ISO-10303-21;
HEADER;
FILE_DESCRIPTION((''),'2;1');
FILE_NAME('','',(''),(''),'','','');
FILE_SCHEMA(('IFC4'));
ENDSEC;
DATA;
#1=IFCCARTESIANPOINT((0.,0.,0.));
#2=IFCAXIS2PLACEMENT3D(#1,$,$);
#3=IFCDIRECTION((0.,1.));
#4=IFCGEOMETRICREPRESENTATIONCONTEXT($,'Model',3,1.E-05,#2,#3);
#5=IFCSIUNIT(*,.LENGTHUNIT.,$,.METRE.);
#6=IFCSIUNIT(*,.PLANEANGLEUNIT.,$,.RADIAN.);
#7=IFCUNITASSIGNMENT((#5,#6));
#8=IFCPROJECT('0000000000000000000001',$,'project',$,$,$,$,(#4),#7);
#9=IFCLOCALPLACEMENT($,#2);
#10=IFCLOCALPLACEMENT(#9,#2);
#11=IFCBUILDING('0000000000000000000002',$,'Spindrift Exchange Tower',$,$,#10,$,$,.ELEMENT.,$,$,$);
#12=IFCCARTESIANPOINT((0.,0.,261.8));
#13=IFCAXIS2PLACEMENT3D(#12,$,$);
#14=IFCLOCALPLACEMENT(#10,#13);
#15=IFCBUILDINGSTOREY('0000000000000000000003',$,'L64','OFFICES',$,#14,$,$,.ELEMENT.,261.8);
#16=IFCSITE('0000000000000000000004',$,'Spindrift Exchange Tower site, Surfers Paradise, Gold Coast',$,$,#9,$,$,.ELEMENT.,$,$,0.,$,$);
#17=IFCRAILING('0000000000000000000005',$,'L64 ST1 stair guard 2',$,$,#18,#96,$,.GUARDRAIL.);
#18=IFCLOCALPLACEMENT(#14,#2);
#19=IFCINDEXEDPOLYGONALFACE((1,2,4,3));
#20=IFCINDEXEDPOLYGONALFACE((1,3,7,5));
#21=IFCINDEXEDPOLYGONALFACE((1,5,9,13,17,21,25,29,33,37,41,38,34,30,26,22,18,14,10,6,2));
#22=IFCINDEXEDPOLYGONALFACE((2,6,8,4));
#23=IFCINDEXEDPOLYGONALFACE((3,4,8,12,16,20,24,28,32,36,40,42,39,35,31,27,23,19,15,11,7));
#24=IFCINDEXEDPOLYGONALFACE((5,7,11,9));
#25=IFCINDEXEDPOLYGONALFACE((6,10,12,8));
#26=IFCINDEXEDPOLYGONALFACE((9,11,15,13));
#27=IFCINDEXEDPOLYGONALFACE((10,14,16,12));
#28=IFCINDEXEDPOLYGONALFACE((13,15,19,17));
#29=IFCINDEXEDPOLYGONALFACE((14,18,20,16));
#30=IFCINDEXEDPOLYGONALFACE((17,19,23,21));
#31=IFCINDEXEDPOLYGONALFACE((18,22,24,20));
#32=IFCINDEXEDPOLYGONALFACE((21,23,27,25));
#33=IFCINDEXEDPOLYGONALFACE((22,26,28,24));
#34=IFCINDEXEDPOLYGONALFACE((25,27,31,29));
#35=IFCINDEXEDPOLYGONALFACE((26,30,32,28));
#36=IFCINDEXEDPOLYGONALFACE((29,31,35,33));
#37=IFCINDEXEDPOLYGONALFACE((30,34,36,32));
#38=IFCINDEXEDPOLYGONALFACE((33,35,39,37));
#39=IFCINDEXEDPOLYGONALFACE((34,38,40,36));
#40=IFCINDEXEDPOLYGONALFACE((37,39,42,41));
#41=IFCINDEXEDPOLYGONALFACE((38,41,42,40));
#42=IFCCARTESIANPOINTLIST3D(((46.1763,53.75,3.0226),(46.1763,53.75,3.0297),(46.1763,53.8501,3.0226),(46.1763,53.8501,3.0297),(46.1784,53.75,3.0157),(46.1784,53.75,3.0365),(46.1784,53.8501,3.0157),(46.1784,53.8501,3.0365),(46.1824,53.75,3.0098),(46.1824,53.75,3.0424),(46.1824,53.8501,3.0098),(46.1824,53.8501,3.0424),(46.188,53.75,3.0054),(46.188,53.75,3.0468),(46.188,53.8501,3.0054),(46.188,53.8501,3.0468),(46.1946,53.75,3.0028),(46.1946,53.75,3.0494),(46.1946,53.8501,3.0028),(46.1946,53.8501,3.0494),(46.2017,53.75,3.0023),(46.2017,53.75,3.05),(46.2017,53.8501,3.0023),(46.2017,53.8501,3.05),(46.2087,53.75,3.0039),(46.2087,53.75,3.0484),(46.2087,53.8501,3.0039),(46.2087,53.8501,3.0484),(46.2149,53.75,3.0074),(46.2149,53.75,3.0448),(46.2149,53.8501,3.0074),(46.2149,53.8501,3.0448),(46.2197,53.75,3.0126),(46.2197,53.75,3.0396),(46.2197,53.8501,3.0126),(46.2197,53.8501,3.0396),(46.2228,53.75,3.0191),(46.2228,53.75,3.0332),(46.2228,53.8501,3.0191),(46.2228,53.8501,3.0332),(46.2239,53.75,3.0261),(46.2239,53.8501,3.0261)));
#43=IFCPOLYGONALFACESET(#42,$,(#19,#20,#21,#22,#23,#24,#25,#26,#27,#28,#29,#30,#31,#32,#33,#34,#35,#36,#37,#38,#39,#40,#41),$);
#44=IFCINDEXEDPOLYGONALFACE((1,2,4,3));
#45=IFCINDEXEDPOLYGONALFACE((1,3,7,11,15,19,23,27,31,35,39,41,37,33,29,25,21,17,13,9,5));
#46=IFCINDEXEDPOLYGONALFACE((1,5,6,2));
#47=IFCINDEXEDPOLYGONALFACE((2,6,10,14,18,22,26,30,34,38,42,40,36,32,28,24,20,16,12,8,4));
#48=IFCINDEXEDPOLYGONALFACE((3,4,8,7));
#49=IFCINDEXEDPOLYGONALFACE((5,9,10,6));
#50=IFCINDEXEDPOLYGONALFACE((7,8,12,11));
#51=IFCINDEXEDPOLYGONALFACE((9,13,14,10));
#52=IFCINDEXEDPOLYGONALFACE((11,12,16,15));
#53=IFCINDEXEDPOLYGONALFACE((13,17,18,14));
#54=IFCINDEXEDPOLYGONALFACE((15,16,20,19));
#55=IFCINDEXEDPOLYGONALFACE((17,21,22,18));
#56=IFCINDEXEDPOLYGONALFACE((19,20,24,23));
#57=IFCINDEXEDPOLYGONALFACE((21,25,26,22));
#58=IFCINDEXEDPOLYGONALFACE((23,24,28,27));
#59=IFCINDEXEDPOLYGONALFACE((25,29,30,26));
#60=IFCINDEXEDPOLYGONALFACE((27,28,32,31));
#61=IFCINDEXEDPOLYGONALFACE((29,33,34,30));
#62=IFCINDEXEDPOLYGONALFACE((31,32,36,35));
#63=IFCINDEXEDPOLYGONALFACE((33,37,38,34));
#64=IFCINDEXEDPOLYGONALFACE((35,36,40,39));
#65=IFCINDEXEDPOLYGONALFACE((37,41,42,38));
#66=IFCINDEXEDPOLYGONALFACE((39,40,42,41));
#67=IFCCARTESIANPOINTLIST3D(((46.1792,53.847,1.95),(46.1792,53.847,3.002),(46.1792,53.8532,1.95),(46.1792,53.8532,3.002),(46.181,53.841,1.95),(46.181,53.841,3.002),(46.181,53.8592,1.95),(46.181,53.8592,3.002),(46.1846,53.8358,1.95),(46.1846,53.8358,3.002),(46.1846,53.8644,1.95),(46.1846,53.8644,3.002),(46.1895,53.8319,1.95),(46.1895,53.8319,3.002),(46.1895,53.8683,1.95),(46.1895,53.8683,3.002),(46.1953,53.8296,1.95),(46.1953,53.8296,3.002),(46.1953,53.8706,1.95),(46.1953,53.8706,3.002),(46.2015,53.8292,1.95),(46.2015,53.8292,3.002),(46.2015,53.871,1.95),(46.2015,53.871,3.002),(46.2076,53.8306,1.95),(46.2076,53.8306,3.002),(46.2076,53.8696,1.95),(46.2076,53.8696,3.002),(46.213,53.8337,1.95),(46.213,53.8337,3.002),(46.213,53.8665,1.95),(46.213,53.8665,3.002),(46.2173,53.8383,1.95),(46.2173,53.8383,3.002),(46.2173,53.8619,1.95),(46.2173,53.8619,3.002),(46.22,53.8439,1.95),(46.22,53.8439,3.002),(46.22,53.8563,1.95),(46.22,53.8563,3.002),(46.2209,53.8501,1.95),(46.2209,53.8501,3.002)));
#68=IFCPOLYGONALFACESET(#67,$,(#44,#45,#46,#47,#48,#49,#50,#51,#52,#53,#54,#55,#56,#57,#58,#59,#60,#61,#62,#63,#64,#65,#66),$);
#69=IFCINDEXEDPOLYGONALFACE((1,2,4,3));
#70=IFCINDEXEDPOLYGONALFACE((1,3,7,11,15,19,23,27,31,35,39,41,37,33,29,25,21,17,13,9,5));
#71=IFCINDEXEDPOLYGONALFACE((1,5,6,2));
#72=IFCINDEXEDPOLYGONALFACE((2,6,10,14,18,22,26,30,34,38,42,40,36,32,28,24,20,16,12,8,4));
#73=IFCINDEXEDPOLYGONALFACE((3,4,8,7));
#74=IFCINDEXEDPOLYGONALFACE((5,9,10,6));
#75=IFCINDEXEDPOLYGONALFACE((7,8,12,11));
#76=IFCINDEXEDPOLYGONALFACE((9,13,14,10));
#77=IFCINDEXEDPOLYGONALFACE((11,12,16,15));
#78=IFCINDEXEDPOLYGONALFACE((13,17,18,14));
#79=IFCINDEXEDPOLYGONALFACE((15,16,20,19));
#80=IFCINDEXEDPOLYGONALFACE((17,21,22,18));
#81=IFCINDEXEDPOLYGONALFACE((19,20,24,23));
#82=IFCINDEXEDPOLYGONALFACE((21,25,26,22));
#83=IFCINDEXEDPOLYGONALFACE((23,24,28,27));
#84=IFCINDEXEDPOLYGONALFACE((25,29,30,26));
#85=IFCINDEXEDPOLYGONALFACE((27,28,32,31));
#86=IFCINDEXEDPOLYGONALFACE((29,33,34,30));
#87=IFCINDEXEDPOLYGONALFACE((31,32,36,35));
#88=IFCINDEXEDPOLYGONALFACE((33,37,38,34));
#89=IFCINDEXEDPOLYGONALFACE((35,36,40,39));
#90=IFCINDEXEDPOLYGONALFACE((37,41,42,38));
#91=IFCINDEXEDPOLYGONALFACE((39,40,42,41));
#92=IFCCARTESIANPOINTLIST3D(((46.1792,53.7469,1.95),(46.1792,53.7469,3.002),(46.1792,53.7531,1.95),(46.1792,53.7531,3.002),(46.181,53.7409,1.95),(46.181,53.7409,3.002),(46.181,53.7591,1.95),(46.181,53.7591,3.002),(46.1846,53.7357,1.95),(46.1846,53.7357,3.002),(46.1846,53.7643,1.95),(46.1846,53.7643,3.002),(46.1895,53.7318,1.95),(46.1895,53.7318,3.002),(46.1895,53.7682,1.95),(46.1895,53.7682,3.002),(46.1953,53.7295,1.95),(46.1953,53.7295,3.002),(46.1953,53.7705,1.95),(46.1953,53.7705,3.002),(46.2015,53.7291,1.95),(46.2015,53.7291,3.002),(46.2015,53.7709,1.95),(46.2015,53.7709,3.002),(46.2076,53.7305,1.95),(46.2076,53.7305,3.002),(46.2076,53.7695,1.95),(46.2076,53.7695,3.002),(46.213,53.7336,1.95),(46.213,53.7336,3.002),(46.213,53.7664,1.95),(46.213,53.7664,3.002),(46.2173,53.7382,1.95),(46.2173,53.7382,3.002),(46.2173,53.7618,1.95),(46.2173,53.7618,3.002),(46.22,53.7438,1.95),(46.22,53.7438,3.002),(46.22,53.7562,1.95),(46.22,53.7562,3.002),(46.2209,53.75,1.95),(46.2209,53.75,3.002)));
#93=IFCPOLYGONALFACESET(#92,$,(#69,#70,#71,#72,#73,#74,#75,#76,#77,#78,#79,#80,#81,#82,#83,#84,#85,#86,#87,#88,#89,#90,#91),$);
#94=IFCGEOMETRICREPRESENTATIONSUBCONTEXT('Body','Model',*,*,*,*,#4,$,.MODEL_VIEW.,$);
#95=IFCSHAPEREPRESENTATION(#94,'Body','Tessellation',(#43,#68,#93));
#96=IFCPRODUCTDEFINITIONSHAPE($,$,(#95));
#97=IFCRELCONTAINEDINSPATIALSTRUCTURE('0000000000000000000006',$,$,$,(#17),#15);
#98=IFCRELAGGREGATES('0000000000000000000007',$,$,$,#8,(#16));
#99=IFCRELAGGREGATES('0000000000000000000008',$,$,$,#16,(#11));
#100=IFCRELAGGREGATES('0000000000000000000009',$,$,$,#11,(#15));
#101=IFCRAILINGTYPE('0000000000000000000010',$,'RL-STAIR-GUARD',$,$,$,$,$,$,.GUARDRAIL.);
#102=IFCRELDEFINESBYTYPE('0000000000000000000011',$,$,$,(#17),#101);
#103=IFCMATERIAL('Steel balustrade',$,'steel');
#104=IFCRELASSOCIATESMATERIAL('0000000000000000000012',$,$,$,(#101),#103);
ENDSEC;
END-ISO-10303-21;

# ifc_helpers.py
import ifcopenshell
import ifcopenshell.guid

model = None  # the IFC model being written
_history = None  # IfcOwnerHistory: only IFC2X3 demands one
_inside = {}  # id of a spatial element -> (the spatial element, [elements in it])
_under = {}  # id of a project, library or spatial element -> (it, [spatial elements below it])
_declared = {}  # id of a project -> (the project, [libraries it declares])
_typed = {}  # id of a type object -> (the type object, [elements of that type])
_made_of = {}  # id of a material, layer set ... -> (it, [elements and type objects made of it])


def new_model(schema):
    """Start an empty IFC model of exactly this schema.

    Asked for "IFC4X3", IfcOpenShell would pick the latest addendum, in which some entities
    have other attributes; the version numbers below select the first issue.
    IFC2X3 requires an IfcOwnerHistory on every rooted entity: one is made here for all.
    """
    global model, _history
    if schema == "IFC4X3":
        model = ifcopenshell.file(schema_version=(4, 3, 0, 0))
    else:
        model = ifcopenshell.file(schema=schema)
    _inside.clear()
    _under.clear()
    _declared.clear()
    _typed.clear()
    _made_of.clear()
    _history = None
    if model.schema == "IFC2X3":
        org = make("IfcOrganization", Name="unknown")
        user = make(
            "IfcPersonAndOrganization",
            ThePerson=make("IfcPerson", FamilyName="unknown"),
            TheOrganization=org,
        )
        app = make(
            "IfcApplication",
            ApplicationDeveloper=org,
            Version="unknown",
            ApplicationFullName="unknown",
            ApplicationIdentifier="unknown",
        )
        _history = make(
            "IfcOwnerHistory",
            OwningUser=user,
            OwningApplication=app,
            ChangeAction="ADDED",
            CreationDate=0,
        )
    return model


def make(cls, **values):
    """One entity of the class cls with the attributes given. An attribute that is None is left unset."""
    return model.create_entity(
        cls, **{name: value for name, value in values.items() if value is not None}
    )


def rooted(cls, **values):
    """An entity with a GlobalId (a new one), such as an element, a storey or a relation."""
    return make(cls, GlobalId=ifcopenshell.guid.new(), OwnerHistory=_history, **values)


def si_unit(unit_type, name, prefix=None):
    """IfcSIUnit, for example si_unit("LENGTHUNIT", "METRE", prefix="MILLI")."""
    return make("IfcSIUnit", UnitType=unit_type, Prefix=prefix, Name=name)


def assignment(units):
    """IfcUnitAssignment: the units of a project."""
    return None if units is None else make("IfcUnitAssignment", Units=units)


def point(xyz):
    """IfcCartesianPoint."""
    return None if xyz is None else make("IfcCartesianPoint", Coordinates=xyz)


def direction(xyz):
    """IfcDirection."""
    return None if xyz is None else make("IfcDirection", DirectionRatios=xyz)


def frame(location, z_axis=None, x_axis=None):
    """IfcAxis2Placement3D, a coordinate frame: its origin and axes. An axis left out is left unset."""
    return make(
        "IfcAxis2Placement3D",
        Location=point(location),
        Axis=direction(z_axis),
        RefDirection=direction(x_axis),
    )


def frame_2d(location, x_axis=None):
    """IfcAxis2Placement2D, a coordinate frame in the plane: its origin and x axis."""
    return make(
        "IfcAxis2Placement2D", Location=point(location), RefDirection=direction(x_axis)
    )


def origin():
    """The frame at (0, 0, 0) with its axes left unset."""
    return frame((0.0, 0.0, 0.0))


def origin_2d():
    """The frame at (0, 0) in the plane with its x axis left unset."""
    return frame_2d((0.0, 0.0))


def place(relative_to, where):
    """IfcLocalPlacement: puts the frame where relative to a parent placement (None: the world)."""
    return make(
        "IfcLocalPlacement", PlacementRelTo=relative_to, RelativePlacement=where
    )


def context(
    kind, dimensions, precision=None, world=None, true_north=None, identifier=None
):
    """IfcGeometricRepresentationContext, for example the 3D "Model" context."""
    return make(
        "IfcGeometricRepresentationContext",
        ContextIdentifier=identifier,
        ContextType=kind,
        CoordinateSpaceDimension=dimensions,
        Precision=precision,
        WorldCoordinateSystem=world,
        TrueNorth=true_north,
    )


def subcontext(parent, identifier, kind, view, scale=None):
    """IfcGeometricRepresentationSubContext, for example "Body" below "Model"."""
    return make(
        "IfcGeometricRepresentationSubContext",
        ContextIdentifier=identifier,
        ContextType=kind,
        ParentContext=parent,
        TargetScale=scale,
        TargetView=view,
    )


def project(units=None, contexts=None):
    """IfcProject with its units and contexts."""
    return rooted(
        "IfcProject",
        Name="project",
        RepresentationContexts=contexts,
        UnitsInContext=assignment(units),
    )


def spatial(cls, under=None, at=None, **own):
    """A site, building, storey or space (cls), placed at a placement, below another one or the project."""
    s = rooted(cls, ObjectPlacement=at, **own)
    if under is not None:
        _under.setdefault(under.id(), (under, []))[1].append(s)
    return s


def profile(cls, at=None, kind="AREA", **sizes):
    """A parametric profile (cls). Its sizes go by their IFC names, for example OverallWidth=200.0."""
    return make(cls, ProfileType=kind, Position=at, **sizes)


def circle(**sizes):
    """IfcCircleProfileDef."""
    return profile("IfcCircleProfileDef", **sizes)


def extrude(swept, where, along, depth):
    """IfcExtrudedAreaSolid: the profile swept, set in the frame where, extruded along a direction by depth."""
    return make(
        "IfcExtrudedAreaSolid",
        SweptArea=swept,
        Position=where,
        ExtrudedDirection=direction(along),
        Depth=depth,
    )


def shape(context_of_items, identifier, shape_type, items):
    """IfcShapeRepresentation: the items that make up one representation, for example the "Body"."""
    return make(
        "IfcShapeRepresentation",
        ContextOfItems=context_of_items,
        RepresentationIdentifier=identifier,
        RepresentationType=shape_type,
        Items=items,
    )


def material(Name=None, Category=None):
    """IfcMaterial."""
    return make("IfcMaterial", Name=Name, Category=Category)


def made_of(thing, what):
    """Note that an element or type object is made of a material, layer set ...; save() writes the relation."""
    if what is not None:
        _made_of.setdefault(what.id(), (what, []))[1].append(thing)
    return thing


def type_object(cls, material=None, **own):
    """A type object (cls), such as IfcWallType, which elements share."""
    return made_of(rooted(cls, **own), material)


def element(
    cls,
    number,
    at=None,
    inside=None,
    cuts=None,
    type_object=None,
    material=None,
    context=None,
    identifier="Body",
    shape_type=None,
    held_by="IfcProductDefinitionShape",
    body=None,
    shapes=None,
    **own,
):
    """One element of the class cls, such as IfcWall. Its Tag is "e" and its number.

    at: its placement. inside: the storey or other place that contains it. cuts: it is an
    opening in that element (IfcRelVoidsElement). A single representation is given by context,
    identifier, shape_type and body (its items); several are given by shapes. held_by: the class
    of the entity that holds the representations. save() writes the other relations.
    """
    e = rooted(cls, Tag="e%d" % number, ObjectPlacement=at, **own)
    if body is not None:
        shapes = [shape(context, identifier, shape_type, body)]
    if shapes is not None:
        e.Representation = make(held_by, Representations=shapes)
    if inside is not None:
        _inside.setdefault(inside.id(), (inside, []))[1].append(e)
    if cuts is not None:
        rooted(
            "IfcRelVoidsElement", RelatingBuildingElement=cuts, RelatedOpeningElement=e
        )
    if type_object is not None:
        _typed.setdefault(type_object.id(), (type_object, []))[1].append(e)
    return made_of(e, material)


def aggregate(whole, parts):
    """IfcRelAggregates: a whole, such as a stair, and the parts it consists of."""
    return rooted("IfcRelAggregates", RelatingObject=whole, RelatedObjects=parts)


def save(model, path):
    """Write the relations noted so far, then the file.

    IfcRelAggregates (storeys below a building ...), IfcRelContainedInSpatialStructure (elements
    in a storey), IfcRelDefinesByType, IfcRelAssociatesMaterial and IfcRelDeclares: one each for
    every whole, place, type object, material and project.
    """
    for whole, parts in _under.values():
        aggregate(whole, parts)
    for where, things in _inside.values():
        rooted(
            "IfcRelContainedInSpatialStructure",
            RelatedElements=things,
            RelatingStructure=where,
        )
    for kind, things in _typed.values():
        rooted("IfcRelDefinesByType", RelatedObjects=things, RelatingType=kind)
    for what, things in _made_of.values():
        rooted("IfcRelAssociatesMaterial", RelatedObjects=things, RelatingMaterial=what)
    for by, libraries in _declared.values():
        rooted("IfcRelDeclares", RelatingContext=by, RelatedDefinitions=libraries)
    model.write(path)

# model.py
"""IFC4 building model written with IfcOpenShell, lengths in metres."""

from ifc_helpers import new_model, si_unit, direction, frame, origin, origin_2d, place, context, subcontext, project, spatial, circle, extrude, material, type_object, element, save


model = new_model("IFC4")

# Units and contexts
model_context = context("Model", 3, precision=1e-05, world=origin(), true_north=direction((0.0, 1.0)))
body_context = subcontext(model_context, "Body", "Model", "MODEL_VIEW")
ifc_project = project(units=[si_unit("LENGTHUNIT", "METRE"), si_unit("PLANEANGLEUNIT", "RADIAN")], contexts=[model_context])

# Site, building, storey
site_placement = place(None, origin())
site = spatial("IfcSite", under=ifc_project, at=site_placement, Name="Spindrift Exchange Tower site, Surfers Paradise, Gold Coast", CompositionType="ELEMENT", RefElevation=0.0)
building_placement = place(site_placement, origin())
building = spatial("IfcBuilding", under=site, at=building_placement, Name="Spindrift Exchange Tower", CompositionType="ELEMENT")
storey_placement = place(building_placement, frame((0.0, 0.0, 261.8)))
storey = spatial("IfcBuildingStorey", under=building, at=storey_placement, Name="L64", Description="OFFICES", CompositionType="ELEMENT", Elevation=261.8)

# Railing
ifc_material_1 = material(Name="Steel balustrade", Category="steel")
railing_type_1 = type_object("IfcRailingType", Name="RL-STAIR-GUARD", PredefinedType="GUARDRAIL", material=ifc_material_1)
railing_1_placement = place(storey_placement, frame((46.2, 53.8501, 1.95)))
element("IfcRailing", 1, at=railing_1_placement, inside=storey, type_object=railing_type_1, Name="L64 ST1 stair guard 2", PredefinedType="GUARDRAIL", context=body_context, shape_type="SweptSolid", body=[
    extrude(circle(Radius=0.0239, at=origin_2d()), frame((0.0, 0.0, 1.0762), z_axis=(0.0, -1.0, 0.0), x_axis=(1.0, 0.0, 0.0)), (0.0, 0.0, 1.0), 0.1001),
    extrude(circle(Radius=0.021, at=origin_2d()), origin(), (0.0, 0.0, 1.0), 1.052),
    extrude(circle(Radius=0.021, at=origin_2d()), frame((0.0, -0.1001, 0.0)), (0.0, 0.0, 1.0), 1.052),
])

save(model, "model.ifc")
